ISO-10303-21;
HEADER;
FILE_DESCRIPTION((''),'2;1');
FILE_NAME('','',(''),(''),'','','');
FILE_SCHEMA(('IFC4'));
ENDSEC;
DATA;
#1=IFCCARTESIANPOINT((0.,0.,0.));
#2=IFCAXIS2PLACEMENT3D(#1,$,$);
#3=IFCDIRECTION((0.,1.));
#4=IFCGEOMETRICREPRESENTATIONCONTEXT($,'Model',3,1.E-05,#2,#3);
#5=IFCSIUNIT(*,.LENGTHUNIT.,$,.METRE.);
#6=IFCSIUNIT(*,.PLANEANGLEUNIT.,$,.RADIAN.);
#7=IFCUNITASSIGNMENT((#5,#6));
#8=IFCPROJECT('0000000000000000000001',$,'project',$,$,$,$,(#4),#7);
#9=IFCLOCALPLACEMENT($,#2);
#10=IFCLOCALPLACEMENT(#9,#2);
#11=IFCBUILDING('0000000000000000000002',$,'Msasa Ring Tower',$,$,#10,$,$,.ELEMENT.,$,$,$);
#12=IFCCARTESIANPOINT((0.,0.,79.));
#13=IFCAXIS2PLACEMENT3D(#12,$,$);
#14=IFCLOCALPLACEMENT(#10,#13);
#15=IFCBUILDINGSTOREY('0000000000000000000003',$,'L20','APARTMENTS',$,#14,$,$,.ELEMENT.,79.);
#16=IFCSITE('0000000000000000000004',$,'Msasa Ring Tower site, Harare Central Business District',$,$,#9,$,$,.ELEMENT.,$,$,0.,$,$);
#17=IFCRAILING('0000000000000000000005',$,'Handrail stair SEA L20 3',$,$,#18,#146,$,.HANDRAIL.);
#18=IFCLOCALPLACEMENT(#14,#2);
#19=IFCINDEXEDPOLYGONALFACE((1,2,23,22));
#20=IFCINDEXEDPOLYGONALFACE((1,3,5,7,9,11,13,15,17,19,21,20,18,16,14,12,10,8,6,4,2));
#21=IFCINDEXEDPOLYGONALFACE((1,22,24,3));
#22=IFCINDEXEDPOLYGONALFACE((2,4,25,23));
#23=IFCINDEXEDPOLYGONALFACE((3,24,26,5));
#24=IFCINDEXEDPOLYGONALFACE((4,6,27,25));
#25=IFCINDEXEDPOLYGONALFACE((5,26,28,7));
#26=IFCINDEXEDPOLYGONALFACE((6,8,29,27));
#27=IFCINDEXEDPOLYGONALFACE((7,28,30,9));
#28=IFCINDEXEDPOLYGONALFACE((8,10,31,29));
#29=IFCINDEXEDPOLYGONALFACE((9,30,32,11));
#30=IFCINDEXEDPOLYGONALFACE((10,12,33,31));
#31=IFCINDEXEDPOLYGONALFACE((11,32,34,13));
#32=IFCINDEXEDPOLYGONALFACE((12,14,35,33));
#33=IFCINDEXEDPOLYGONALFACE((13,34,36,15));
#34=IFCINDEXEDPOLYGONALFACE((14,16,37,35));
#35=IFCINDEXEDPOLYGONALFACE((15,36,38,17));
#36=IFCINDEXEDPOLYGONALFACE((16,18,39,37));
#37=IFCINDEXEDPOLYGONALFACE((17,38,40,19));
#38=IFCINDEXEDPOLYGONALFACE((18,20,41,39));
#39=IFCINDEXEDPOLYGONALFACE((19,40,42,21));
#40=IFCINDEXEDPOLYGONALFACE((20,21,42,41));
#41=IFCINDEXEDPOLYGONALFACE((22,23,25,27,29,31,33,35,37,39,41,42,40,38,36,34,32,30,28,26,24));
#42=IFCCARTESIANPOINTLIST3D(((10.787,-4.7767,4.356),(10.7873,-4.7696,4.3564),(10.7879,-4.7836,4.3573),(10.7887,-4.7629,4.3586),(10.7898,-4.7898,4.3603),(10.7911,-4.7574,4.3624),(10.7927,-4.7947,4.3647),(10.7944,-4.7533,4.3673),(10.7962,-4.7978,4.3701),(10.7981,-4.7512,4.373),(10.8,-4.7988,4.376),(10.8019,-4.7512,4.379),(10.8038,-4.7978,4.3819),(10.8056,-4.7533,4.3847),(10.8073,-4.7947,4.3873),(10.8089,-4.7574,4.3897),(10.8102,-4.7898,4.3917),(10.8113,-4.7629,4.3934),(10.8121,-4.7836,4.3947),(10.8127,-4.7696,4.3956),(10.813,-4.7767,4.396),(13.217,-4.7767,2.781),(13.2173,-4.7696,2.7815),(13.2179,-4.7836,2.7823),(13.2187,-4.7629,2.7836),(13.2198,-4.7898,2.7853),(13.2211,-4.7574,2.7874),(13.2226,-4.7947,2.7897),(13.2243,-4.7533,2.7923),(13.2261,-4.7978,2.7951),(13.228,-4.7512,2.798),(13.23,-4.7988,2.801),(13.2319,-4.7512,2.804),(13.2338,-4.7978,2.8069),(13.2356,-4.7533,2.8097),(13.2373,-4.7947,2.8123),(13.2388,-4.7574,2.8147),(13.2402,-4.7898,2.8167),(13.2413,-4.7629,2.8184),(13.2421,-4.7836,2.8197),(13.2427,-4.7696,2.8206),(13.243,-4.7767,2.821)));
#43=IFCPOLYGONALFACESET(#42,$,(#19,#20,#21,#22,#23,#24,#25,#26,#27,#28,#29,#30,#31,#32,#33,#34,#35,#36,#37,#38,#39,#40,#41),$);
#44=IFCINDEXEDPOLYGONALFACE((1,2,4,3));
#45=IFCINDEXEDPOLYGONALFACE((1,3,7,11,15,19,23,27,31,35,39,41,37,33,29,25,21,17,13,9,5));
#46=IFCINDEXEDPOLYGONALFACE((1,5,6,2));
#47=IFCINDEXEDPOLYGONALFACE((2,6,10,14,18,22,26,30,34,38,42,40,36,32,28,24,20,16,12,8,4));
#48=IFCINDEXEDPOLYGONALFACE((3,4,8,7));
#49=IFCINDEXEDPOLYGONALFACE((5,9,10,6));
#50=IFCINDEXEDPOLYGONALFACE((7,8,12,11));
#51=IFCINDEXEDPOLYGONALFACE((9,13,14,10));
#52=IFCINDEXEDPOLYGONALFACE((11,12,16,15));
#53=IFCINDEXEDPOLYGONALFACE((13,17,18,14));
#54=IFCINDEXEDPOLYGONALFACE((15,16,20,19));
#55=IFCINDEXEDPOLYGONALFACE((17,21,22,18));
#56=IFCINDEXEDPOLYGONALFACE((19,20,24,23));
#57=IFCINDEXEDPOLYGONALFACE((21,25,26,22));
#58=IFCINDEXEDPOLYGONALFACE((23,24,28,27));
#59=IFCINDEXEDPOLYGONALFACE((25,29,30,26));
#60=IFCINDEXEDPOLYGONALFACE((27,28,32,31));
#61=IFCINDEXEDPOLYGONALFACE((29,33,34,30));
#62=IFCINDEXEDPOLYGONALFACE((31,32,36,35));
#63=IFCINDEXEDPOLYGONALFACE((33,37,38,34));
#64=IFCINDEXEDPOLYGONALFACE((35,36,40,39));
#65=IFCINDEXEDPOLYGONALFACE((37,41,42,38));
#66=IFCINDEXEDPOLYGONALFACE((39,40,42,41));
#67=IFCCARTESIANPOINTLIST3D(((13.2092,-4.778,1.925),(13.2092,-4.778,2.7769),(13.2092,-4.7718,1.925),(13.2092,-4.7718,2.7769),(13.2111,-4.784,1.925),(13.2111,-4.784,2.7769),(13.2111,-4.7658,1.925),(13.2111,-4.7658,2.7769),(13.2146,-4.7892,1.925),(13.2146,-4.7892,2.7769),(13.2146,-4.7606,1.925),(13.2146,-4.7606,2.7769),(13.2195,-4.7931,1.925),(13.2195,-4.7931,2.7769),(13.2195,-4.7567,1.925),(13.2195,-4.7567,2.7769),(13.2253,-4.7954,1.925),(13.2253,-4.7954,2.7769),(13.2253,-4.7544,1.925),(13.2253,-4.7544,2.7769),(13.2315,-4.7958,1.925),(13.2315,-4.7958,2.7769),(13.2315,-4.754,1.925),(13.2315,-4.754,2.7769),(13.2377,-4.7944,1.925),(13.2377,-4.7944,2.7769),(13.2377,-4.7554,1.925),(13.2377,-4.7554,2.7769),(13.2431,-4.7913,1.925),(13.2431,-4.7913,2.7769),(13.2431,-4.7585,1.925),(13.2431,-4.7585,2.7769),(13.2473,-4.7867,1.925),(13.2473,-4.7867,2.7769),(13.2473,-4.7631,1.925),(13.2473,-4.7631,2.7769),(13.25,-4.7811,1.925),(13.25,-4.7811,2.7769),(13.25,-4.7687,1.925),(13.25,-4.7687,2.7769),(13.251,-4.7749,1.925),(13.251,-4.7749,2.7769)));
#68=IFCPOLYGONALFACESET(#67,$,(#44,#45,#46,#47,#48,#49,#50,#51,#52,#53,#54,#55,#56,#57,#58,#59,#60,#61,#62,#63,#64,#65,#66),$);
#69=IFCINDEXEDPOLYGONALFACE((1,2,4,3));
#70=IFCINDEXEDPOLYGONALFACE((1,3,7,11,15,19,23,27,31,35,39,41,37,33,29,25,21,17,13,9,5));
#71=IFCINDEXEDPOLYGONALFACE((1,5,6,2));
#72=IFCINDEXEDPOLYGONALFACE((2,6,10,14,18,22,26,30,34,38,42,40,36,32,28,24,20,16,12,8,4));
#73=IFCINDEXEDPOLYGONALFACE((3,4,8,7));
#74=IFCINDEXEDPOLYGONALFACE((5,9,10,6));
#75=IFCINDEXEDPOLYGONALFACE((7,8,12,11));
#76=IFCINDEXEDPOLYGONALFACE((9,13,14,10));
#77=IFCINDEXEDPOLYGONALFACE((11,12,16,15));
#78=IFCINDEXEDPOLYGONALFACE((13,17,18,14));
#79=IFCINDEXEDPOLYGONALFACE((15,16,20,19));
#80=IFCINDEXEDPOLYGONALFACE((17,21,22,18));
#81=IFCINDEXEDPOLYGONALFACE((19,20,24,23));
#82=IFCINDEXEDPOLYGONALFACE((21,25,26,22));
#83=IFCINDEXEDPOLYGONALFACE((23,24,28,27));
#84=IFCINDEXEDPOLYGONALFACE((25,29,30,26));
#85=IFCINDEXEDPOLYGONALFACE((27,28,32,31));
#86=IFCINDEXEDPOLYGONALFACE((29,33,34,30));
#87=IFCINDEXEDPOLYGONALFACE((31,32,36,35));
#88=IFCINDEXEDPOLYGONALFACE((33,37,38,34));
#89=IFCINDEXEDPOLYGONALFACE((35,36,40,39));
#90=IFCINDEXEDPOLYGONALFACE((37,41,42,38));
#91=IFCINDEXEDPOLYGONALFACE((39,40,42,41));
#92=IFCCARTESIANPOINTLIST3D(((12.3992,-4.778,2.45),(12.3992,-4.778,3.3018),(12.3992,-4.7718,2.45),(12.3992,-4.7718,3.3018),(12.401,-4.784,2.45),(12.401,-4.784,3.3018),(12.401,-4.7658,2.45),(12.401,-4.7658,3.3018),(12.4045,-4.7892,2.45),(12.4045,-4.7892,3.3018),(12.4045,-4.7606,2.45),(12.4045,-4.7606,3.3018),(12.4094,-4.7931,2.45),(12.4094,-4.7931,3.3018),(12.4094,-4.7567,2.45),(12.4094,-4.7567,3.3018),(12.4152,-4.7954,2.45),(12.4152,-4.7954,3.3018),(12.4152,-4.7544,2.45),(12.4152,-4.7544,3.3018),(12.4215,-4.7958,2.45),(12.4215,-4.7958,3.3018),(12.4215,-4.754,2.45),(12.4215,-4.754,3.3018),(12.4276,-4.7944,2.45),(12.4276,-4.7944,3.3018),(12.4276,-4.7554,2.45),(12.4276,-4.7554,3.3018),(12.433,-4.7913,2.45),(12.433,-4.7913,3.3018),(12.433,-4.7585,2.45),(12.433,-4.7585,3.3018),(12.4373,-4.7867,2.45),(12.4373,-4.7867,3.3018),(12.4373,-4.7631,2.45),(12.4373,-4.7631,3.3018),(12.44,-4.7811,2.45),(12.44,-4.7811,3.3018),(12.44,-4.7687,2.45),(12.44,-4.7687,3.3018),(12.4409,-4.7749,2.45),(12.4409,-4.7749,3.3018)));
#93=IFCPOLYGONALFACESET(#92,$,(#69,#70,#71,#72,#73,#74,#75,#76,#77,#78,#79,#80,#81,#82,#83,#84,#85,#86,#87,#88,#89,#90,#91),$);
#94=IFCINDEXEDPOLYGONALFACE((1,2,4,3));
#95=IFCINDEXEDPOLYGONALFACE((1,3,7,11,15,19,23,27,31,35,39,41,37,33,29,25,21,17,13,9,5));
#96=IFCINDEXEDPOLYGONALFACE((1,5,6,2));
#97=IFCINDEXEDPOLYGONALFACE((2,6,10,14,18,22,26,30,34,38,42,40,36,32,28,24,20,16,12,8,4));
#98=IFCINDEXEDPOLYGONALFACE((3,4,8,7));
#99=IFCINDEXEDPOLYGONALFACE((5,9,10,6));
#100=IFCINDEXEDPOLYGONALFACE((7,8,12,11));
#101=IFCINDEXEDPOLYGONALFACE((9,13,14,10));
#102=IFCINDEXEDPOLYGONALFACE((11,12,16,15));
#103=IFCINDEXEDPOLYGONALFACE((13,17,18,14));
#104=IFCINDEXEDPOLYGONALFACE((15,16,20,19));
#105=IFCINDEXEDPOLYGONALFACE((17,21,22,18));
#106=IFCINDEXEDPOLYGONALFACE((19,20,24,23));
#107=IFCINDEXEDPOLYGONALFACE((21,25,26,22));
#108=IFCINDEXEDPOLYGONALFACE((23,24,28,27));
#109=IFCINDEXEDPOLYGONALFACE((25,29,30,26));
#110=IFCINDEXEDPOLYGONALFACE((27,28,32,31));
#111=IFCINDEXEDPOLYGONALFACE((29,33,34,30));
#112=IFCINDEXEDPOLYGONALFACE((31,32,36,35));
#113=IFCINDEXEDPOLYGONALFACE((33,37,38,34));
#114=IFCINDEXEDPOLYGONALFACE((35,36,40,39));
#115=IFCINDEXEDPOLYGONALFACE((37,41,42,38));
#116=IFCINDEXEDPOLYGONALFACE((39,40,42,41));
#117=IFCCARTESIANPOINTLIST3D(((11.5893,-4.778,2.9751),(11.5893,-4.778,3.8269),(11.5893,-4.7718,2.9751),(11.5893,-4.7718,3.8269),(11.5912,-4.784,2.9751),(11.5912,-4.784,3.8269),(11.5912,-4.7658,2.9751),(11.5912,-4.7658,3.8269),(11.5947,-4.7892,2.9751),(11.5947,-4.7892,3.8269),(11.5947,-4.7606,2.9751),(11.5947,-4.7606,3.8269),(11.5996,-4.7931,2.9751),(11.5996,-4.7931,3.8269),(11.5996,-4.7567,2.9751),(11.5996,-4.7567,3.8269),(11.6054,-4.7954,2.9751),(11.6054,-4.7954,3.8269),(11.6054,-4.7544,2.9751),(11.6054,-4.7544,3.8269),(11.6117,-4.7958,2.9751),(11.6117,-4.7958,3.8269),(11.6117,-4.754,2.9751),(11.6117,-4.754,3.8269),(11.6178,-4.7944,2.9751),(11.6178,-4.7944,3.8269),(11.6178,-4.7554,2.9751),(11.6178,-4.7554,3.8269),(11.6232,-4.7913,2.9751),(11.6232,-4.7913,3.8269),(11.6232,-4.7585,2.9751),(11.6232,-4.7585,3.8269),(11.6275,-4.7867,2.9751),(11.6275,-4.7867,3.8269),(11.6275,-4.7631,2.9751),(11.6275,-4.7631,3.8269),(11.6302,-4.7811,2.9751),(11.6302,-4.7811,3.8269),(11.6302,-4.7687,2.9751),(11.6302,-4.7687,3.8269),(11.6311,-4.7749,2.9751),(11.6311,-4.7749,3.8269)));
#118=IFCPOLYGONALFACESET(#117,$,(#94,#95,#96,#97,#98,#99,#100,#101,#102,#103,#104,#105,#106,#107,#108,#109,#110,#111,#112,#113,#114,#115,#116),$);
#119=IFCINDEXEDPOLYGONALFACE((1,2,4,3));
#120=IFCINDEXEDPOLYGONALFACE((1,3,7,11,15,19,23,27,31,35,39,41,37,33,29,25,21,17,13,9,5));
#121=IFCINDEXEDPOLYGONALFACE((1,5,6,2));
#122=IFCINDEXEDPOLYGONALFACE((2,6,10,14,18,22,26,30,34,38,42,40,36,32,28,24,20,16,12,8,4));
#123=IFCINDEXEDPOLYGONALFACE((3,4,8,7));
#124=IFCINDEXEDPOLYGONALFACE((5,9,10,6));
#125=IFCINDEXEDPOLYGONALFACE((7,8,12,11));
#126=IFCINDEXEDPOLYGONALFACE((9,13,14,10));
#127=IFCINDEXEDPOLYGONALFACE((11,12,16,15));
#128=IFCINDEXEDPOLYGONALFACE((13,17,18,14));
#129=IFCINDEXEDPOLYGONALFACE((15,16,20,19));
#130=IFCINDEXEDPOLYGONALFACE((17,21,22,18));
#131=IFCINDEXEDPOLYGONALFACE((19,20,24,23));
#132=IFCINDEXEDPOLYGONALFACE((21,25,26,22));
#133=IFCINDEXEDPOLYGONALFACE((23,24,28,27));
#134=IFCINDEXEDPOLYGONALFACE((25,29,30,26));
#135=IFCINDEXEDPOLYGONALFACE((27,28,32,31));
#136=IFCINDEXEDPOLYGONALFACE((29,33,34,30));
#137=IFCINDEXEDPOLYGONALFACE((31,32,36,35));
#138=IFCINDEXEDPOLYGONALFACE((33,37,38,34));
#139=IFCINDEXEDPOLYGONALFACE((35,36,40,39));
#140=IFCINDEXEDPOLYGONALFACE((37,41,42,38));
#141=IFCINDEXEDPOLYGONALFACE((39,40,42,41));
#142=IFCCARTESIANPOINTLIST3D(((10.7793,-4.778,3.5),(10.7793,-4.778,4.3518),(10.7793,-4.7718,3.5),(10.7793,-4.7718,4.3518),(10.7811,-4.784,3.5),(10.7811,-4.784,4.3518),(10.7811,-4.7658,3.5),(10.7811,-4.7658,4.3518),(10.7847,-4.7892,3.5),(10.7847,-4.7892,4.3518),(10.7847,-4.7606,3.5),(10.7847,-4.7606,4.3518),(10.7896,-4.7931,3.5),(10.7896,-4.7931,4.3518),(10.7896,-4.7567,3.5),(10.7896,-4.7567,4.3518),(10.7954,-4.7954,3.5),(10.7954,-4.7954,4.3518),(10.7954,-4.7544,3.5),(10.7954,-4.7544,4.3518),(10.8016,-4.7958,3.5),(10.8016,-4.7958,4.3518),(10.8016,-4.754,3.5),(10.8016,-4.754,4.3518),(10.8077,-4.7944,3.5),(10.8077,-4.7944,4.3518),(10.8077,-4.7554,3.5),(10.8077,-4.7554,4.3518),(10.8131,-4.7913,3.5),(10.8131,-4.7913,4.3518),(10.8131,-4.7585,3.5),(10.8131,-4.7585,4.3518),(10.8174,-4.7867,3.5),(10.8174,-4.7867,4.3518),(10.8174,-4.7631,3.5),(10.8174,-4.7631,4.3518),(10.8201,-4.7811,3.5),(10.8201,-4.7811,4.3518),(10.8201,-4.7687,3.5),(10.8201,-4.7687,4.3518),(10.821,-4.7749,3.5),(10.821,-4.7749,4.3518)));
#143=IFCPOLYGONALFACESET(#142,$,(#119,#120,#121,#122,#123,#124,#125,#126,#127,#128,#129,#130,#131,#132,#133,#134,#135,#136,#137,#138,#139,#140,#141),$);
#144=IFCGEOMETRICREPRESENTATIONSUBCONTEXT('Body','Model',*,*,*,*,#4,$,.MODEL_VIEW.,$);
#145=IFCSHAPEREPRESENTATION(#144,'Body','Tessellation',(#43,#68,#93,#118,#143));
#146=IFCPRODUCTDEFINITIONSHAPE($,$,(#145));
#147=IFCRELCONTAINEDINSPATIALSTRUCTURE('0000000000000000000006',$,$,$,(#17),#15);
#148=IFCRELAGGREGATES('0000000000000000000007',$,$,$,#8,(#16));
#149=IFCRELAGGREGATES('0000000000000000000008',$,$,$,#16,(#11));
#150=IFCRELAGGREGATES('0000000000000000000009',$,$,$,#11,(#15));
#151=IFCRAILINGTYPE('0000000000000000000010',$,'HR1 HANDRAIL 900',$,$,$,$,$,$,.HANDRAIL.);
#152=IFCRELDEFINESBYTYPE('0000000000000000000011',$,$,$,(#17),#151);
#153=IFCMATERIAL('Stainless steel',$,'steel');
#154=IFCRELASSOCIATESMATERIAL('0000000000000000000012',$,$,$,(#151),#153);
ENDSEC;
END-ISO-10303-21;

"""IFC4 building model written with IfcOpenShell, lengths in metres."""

from ifc_helpers import new_model, si_unit, direction, frame, origin, origin_2d, place, context, subcontext, project, spatial, circle, extrude, material, type_object, element, save


model = new_model("IFC4")

# Units and contexts
model_context = context("Model", 3, precision=1e-05, world=origin(), true_north=direction((0.0, 1.0)))
body_context = subcontext(model_context, "Body", "Model", "MODEL_VIEW")
ifc_project = project(units=[si_unit("LENGTHUNIT", "METRE"), si_unit("PLANEANGLEUNIT", "RADIAN")], contexts=[model_context])

# Site, building, storey
site_placement = place(None, origin())
site = spatial("IfcSite", under=ifc_project, at=site_placement, Name="Msasa Ring Tower site, Harare Central Business District", CompositionType="ELEMENT", RefElevation=0.0)
building_placement = place(site_placement, origin())
building = spatial("IfcBuilding", under=site, at=building_placement, Name="Msasa Ring Tower", CompositionType="ELEMENT")
storey_placement = place(building_placement, frame((0.0, 0.0, 79.0)))
storey = spatial("IfcBuildingStorey", under=building, at=storey_placement, Name="L20", Description="APARTMENTS", CompositionType="ELEMENT", Elevation=79.0)

# Railing
ifc_material_1 = material(Name="Stainless steel", Category="steel")
railing_type = type_object("IfcRailingType", Name="HR1 HANDRAIL 900", PredefinedType="HANDRAIL", material=ifc_material_1)
for number, where, name in (
    (1, (13.23, -4.7749, 1.925), "Handrail stair SEA L20 3"),
):
    element("IfcRailing", number, at=place(storey_placement, frame(where)), inside=storey, type_object=railing_type, Name=name, PredefinedType="HANDRAIL", context=body_context, shape_type="SweptSolid", body=[
        extrude(circle(Radius=0.0239, at=origin_2d()), frame((0.0, 0.0, 0.876), z_axis=(-0.839154, 0.0, 0.543894), x_axis=(0.0, -1.0, 0.0)), (0.0, 0.0, 1.0), 2.8958),
        extrude(circle(Radius=0.021, at=origin_2d()), origin(), (0.0, 0.0, 1.0), 0.8518),
        extrude(circle(Radius=0.021, at=origin_2d()), frame((-0.8101, 0.0, 0.5249)), (0.0, 0.0, 1.0), 0.8518),
        extrude(circle(Radius=0.021, at=origin_2d()), frame((-1.6199, 0.0, 1.05)), (0.0, 0.0, 1.0), 0.8518),
        extrude(circle(Radius=0.021, at=origin_2d()), frame((-2.4299, 0.0, 1.575)), (0.0, 0.0, 1.0), 0.8518),
    ])

save(model, "model.ifc")
